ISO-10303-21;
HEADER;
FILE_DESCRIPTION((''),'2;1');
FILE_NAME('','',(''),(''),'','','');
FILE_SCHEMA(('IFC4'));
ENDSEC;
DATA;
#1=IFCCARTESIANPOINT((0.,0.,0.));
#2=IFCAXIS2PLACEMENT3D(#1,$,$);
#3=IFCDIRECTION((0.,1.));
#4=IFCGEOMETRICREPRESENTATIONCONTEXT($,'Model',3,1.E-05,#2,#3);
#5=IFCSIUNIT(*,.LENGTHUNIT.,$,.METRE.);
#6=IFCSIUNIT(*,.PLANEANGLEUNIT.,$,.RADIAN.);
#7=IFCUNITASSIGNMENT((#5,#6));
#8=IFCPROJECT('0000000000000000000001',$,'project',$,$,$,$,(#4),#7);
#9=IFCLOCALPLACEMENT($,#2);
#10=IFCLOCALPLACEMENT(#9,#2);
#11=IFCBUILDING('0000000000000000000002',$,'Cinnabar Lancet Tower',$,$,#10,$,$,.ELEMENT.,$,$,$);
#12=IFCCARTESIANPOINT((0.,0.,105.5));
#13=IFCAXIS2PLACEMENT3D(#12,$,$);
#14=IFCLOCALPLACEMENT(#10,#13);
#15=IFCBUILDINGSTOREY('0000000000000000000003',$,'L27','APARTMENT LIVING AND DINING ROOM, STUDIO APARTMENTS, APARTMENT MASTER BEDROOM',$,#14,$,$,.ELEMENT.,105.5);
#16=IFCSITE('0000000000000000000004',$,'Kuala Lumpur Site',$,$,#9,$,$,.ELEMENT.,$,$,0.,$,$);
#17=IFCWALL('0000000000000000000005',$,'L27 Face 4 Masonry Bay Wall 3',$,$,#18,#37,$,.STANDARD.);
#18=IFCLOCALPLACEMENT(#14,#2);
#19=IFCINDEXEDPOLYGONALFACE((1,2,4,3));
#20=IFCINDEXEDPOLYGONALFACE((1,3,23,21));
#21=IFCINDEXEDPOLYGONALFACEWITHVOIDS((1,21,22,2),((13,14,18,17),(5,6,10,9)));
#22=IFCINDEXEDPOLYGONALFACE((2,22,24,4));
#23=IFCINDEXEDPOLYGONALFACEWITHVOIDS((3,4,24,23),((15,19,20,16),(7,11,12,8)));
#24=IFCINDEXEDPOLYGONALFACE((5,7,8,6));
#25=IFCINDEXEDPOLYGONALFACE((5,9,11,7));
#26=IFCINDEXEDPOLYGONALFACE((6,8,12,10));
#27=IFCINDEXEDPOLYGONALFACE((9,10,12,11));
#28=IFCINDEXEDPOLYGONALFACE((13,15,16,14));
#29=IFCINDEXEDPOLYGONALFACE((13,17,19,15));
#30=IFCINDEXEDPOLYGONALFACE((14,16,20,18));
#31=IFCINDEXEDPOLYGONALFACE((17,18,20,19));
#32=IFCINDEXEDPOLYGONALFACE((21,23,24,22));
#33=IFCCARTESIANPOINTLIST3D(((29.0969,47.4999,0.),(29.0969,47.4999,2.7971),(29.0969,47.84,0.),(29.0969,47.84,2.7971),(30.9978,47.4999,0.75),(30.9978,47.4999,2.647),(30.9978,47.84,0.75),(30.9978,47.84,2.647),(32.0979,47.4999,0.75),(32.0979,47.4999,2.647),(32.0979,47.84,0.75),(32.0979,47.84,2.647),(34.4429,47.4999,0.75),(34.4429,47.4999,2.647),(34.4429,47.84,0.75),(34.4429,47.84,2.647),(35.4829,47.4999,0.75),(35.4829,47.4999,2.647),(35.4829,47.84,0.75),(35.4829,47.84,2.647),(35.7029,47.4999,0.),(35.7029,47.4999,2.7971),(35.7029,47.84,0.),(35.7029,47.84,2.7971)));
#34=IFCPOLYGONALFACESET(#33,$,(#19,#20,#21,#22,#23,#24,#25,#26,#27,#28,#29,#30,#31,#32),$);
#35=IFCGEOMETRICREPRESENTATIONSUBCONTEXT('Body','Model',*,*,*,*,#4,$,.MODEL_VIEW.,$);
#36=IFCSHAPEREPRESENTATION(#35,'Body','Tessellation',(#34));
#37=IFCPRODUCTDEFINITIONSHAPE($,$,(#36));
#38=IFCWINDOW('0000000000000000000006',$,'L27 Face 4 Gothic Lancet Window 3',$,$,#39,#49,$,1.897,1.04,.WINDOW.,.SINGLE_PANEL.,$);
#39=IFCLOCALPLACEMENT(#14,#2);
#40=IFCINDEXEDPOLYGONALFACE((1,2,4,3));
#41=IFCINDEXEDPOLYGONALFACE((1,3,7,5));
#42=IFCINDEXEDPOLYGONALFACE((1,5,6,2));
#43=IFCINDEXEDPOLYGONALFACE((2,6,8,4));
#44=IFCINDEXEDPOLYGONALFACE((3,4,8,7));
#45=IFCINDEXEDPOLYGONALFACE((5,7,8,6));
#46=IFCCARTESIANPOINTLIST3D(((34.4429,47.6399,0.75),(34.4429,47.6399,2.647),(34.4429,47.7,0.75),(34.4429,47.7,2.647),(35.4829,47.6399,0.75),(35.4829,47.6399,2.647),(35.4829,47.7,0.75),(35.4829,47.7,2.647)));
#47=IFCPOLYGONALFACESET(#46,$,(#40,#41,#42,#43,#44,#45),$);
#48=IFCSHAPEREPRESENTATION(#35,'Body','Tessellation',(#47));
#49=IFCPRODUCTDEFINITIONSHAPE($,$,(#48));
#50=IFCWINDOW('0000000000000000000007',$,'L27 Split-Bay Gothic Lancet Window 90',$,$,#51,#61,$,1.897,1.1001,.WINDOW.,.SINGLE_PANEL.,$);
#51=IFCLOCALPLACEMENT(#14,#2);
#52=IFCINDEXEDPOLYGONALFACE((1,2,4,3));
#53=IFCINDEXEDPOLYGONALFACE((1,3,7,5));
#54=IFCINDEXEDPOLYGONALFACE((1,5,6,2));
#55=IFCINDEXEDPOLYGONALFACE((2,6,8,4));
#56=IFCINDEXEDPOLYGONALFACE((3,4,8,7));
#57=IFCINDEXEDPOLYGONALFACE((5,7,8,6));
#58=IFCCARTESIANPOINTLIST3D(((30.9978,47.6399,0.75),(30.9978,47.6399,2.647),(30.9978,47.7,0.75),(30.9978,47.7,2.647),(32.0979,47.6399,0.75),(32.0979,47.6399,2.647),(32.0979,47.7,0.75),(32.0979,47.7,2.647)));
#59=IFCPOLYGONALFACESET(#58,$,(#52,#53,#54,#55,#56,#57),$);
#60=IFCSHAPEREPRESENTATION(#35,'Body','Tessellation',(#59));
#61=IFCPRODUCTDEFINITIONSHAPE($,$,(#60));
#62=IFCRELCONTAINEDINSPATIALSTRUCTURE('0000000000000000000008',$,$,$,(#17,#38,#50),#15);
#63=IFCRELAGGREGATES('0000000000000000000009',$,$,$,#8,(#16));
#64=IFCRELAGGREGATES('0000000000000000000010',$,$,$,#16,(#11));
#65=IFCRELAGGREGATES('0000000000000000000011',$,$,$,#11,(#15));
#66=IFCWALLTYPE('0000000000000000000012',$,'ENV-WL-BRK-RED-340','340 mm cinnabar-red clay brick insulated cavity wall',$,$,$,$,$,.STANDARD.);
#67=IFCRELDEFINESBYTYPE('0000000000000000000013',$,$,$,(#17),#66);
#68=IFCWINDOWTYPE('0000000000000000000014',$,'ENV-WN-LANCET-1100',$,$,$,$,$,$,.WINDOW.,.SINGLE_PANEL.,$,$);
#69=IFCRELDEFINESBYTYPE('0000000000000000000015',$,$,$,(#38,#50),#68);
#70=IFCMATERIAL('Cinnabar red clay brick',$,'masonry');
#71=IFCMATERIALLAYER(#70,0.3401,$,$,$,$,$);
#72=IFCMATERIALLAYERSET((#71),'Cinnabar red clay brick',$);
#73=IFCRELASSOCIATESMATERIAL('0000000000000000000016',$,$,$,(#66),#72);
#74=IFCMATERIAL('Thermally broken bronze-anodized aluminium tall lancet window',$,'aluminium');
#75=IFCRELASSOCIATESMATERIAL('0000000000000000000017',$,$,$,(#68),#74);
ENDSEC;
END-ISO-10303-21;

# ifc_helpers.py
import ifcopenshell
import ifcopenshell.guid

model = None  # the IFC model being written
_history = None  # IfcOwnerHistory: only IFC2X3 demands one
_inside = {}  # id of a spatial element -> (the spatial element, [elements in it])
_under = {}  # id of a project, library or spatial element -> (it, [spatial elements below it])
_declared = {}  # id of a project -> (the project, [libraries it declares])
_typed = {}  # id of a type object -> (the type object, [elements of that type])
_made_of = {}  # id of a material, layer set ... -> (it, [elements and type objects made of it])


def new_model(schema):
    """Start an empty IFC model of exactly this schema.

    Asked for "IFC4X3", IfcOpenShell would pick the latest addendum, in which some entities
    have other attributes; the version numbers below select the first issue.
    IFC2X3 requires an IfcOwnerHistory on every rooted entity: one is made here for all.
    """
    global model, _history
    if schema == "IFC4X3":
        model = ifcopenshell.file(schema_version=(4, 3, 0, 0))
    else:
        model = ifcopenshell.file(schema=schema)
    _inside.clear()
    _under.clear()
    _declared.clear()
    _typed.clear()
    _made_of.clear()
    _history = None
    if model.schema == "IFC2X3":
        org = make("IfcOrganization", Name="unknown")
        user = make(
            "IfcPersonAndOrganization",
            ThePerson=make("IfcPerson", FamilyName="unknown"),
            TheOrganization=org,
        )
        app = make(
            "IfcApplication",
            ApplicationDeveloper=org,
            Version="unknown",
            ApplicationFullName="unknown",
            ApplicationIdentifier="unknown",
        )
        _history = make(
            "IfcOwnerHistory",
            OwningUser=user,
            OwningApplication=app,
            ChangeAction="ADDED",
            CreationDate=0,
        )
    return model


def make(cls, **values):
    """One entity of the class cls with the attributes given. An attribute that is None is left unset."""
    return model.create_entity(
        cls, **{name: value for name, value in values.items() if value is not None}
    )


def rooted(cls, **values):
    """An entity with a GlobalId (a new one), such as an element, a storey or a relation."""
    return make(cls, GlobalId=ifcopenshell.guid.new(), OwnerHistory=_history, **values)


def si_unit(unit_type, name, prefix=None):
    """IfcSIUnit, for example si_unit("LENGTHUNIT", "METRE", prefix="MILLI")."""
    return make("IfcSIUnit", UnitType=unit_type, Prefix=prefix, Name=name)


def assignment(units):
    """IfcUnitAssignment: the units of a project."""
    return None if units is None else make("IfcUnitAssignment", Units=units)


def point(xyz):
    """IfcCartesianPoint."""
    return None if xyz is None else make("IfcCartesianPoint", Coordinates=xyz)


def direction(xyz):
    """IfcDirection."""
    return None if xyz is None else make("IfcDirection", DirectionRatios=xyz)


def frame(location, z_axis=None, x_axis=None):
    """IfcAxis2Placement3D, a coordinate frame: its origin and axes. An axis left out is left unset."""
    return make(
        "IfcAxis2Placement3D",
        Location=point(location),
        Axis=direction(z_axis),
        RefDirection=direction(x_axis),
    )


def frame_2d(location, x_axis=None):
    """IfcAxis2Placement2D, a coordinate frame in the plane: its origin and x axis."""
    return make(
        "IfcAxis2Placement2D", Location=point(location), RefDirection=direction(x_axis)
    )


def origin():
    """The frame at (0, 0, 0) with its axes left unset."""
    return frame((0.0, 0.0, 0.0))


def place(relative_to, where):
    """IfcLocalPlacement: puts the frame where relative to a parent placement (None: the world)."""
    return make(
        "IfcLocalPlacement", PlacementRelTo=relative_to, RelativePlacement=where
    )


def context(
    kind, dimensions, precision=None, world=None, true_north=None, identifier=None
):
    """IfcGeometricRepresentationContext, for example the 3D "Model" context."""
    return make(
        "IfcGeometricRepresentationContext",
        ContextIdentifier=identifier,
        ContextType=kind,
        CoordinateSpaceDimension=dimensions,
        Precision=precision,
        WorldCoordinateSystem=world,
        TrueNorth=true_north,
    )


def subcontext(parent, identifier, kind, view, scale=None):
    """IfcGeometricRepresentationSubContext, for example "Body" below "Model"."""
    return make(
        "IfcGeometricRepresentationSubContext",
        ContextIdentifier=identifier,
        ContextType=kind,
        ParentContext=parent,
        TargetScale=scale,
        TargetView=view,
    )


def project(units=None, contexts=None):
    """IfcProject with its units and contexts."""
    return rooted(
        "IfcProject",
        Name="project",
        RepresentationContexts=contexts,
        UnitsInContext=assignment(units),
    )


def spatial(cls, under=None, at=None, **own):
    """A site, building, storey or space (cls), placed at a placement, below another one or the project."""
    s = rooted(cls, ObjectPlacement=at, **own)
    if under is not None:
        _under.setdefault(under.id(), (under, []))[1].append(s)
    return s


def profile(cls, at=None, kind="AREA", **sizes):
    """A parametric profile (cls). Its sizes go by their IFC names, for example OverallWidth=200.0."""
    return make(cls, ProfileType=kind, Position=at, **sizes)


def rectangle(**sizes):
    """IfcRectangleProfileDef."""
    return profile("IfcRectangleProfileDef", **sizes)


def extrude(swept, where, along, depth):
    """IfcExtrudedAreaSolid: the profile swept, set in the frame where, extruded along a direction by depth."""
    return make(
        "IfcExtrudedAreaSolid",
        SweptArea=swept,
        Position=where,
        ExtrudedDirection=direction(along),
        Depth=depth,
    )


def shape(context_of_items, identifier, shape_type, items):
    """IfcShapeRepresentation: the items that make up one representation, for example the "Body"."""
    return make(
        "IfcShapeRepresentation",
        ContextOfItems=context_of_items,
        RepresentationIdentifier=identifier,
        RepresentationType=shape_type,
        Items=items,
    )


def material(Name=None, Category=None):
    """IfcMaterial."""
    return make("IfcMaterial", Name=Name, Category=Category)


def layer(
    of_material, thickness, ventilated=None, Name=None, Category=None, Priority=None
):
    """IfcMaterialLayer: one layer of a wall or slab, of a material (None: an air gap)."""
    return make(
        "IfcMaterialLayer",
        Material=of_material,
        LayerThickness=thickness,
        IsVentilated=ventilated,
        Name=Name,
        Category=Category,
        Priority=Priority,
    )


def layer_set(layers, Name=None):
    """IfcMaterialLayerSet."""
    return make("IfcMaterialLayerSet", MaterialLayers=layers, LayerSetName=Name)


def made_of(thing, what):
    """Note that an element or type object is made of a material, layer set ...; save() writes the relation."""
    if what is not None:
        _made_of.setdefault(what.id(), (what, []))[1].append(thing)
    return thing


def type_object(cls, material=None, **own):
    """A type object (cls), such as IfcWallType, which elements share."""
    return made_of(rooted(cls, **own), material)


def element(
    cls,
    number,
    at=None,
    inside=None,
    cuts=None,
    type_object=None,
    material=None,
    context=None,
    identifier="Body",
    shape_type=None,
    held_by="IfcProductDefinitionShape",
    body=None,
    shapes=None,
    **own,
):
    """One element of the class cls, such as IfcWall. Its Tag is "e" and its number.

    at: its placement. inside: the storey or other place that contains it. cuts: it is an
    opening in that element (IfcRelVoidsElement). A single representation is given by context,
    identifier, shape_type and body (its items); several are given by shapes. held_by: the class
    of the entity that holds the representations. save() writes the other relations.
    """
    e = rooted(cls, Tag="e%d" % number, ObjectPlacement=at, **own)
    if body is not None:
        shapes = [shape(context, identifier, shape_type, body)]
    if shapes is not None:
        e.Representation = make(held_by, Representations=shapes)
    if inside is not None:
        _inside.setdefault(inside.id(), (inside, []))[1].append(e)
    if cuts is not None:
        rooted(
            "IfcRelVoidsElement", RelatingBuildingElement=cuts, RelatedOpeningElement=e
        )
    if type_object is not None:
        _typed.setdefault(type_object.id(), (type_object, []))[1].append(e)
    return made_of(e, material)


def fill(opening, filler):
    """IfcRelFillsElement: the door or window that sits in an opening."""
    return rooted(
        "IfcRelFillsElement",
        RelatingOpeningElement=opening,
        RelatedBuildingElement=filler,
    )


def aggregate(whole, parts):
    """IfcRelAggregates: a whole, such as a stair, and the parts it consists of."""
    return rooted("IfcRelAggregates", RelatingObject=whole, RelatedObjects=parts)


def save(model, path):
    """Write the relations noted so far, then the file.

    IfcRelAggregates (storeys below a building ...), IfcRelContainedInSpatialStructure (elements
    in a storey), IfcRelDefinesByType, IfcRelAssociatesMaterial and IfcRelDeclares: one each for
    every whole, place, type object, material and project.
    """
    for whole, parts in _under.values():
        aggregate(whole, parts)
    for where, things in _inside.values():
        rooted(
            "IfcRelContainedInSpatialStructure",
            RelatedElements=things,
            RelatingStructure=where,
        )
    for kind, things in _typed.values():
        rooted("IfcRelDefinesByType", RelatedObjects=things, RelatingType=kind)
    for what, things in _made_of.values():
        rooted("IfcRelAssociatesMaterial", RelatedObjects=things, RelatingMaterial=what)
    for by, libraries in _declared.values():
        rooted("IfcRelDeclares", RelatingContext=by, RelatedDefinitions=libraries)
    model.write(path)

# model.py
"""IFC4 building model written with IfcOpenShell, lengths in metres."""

from ifc_helpers import new_model, si_unit, direction, frame, frame_2d, origin, place, context, subcontext, project, spatial, rectangle, extrude, material, layer, layer_set, type_object, element, fill, save


model = new_model("IFC4")

# Units and contexts
model_context = context("Model", 3, precision=1e-05, world=origin(), true_north=direction((0.0, 1.0)))
body_context = subcontext(model_context, "Body", "Model", "MODEL_VIEW")
ifc_project = project(units=[si_unit("LENGTHUNIT", "METRE"), si_unit("PLANEANGLEUNIT", "RADIAN")], contexts=[model_context])

# Site, building, storey
site_placement = place(None, origin())
site = spatial("IfcSite", under=ifc_project, at=site_placement, Name="Kuala Lumpur Site", CompositionType="ELEMENT", RefElevation=0.0)
building_placement = place(site_placement, origin())
building = spatial("IfcBuilding", under=site, at=building_placement, Name="Cinnabar Lancet Tower", CompositionType="ELEMENT")
storey_placement = place(building_placement, frame((0.0, 0.0, 105.5)))
storey = spatial("IfcBuildingStorey", under=building, at=storey_placement, Name="L27", Description="APARTMENT LIVING AND DINING ROOM, STUDIO APARTMENTS, APARTMENT MASTER BEDROOM", CompositionType="ELEMENT", Elevation=105.5)

# Shared definitions
ifc_material_1 = material(Name="Cinnabar red clay brick", Category="masonry")
ifc_layer_1 = layer(ifc_material_1, 0.3401)
ifc_layer_set_1 = layer_set([ifc_layer_1], Name="Cinnabar red clay brick")
wall_type_1 = type_object("IfcWallType", Name="ENV-WL-BRK-RED-340", Description="340 mm cinnabar-red clay brick insulated cavity wall", PredefinedType="STANDARD", material=ifc_layer_set_1)
ifc_material_2 = material(Name="Thermally broken bronze-anodized aluminium tall lancet window", Category="aluminium")
window_type = type_object("IfcWindowType", Name="ENV-WN-LANCET-1100", PartitioningType="SINGLE_PANEL", PredefinedType="WINDOW", material=ifc_material_2)

# Wall, openings, windows
wall_1_placement = place(storey_placement, frame((35.7029, 47.6699, 0.0), z_axis=(0.0, 0.0, 1.0), x_axis=(-1.0, 0.0, 0.0)))
wall_1 = element("IfcWall", 1, at=wall_1_placement, inside=storey, type_object=wall_type_1, Name="L27 Face 4 Masonry Bay Wall 3", PredefinedType="STANDARD", context=body_context, shape_type="SweptSolid", body=[
    extrude(rectangle(XDim=6.606, YDim=0.3401, at=frame_2d((3.303, 0.0))), origin(), (0.0, 0.0, 1.0), 2.7971),
])
opening_1_placement = place(wall_1_placement, frame((0.22, 0.0, 0.75)))
opening_1 = element("IfcOpeningElement", 2, at=opening_1_placement, cuts=wall_1, PredefinedType="OPENING", context=body_context, shape_type="SweptSolid", body=[
    extrude(rectangle(XDim=1.04, YDim=1.897, at=frame_2d((0.52, 0.9485))), frame((0.0, 0.1799, 0.0), z_axis=(0.0, -1.0, 0.0), x_axis=(1.0, 0.0, 0.0)), (0.0, 0.0, 1.0), 0.3601),
])
opening_2_placement = place(wall_1_placement, frame((3.605, 0.0, 0.75)))
opening_2 = element("IfcOpeningElement", 3, at=opening_2_placement, cuts=wall_1, PredefinedType="OPENING", context=body_context, shape_type="SweptSolid", body=[
    extrude(rectangle(XDim=1.1001, YDim=1.897, at=frame_2d((0.55, 0.9485))), frame((0.0, 0.1799, 0.0), z_axis=(0.0, -1.0, 0.0), x_axis=(1.0, 0.0, 0.0)), (0.0, 0.0, 1.0), 0.3601),
])
window_1_placement = place(opening_1_placement, origin())
window_1 = element("IfcWindow", 4, at=window_1_placement, inside=storey, type_object=window_type, Name="L27 Face 4 Gothic Lancet Window 3", OverallHeight=1.897, OverallWidth=1.04, PartitioningType="SINGLE_PANEL", PredefinedType="WINDOW", context=body_context, shape_type="SweptSolid", body=[
    extrude(rectangle(XDim=1.04, YDim=1.897, at=frame_2d((0.52, 0.9485))), frame((0.0, 0.03, 0.0), z_axis=(0.0, -1.0, 0.0), x_axis=(1.0, 0.0, 0.0)), (0.0, 0.0, 1.0), 0.0601),
])
fill(opening_1, window_1)
window_2_placement = place(opening_2_placement, origin())
window_2 = element("IfcWindow", 5, at=window_2_placement, inside=storey, type_object=window_type, Name="L27 Split-Bay Gothic Lancet Window 90", OverallHeight=1.897, OverallWidth=1.1001, PartitioningType="SINGLE_PANEL", PredefinedType="WINDOW", context=body_context, shape_type="SweptSolid", body=[
    extrude(rectangle(XDim=1.1001, YDim=1.897, at=frame_2d((0.55, 0.9485))), frame((0.0, 0.03, 0.0), z_axis=(0.0, -1.0, 0.0), x_axis=(1.0, 0.0, 0.0)), (0.0, 0.0, 1.0), 0.0601),
])
fill(opening_2, window_2)

save(model, "model.ifc")
